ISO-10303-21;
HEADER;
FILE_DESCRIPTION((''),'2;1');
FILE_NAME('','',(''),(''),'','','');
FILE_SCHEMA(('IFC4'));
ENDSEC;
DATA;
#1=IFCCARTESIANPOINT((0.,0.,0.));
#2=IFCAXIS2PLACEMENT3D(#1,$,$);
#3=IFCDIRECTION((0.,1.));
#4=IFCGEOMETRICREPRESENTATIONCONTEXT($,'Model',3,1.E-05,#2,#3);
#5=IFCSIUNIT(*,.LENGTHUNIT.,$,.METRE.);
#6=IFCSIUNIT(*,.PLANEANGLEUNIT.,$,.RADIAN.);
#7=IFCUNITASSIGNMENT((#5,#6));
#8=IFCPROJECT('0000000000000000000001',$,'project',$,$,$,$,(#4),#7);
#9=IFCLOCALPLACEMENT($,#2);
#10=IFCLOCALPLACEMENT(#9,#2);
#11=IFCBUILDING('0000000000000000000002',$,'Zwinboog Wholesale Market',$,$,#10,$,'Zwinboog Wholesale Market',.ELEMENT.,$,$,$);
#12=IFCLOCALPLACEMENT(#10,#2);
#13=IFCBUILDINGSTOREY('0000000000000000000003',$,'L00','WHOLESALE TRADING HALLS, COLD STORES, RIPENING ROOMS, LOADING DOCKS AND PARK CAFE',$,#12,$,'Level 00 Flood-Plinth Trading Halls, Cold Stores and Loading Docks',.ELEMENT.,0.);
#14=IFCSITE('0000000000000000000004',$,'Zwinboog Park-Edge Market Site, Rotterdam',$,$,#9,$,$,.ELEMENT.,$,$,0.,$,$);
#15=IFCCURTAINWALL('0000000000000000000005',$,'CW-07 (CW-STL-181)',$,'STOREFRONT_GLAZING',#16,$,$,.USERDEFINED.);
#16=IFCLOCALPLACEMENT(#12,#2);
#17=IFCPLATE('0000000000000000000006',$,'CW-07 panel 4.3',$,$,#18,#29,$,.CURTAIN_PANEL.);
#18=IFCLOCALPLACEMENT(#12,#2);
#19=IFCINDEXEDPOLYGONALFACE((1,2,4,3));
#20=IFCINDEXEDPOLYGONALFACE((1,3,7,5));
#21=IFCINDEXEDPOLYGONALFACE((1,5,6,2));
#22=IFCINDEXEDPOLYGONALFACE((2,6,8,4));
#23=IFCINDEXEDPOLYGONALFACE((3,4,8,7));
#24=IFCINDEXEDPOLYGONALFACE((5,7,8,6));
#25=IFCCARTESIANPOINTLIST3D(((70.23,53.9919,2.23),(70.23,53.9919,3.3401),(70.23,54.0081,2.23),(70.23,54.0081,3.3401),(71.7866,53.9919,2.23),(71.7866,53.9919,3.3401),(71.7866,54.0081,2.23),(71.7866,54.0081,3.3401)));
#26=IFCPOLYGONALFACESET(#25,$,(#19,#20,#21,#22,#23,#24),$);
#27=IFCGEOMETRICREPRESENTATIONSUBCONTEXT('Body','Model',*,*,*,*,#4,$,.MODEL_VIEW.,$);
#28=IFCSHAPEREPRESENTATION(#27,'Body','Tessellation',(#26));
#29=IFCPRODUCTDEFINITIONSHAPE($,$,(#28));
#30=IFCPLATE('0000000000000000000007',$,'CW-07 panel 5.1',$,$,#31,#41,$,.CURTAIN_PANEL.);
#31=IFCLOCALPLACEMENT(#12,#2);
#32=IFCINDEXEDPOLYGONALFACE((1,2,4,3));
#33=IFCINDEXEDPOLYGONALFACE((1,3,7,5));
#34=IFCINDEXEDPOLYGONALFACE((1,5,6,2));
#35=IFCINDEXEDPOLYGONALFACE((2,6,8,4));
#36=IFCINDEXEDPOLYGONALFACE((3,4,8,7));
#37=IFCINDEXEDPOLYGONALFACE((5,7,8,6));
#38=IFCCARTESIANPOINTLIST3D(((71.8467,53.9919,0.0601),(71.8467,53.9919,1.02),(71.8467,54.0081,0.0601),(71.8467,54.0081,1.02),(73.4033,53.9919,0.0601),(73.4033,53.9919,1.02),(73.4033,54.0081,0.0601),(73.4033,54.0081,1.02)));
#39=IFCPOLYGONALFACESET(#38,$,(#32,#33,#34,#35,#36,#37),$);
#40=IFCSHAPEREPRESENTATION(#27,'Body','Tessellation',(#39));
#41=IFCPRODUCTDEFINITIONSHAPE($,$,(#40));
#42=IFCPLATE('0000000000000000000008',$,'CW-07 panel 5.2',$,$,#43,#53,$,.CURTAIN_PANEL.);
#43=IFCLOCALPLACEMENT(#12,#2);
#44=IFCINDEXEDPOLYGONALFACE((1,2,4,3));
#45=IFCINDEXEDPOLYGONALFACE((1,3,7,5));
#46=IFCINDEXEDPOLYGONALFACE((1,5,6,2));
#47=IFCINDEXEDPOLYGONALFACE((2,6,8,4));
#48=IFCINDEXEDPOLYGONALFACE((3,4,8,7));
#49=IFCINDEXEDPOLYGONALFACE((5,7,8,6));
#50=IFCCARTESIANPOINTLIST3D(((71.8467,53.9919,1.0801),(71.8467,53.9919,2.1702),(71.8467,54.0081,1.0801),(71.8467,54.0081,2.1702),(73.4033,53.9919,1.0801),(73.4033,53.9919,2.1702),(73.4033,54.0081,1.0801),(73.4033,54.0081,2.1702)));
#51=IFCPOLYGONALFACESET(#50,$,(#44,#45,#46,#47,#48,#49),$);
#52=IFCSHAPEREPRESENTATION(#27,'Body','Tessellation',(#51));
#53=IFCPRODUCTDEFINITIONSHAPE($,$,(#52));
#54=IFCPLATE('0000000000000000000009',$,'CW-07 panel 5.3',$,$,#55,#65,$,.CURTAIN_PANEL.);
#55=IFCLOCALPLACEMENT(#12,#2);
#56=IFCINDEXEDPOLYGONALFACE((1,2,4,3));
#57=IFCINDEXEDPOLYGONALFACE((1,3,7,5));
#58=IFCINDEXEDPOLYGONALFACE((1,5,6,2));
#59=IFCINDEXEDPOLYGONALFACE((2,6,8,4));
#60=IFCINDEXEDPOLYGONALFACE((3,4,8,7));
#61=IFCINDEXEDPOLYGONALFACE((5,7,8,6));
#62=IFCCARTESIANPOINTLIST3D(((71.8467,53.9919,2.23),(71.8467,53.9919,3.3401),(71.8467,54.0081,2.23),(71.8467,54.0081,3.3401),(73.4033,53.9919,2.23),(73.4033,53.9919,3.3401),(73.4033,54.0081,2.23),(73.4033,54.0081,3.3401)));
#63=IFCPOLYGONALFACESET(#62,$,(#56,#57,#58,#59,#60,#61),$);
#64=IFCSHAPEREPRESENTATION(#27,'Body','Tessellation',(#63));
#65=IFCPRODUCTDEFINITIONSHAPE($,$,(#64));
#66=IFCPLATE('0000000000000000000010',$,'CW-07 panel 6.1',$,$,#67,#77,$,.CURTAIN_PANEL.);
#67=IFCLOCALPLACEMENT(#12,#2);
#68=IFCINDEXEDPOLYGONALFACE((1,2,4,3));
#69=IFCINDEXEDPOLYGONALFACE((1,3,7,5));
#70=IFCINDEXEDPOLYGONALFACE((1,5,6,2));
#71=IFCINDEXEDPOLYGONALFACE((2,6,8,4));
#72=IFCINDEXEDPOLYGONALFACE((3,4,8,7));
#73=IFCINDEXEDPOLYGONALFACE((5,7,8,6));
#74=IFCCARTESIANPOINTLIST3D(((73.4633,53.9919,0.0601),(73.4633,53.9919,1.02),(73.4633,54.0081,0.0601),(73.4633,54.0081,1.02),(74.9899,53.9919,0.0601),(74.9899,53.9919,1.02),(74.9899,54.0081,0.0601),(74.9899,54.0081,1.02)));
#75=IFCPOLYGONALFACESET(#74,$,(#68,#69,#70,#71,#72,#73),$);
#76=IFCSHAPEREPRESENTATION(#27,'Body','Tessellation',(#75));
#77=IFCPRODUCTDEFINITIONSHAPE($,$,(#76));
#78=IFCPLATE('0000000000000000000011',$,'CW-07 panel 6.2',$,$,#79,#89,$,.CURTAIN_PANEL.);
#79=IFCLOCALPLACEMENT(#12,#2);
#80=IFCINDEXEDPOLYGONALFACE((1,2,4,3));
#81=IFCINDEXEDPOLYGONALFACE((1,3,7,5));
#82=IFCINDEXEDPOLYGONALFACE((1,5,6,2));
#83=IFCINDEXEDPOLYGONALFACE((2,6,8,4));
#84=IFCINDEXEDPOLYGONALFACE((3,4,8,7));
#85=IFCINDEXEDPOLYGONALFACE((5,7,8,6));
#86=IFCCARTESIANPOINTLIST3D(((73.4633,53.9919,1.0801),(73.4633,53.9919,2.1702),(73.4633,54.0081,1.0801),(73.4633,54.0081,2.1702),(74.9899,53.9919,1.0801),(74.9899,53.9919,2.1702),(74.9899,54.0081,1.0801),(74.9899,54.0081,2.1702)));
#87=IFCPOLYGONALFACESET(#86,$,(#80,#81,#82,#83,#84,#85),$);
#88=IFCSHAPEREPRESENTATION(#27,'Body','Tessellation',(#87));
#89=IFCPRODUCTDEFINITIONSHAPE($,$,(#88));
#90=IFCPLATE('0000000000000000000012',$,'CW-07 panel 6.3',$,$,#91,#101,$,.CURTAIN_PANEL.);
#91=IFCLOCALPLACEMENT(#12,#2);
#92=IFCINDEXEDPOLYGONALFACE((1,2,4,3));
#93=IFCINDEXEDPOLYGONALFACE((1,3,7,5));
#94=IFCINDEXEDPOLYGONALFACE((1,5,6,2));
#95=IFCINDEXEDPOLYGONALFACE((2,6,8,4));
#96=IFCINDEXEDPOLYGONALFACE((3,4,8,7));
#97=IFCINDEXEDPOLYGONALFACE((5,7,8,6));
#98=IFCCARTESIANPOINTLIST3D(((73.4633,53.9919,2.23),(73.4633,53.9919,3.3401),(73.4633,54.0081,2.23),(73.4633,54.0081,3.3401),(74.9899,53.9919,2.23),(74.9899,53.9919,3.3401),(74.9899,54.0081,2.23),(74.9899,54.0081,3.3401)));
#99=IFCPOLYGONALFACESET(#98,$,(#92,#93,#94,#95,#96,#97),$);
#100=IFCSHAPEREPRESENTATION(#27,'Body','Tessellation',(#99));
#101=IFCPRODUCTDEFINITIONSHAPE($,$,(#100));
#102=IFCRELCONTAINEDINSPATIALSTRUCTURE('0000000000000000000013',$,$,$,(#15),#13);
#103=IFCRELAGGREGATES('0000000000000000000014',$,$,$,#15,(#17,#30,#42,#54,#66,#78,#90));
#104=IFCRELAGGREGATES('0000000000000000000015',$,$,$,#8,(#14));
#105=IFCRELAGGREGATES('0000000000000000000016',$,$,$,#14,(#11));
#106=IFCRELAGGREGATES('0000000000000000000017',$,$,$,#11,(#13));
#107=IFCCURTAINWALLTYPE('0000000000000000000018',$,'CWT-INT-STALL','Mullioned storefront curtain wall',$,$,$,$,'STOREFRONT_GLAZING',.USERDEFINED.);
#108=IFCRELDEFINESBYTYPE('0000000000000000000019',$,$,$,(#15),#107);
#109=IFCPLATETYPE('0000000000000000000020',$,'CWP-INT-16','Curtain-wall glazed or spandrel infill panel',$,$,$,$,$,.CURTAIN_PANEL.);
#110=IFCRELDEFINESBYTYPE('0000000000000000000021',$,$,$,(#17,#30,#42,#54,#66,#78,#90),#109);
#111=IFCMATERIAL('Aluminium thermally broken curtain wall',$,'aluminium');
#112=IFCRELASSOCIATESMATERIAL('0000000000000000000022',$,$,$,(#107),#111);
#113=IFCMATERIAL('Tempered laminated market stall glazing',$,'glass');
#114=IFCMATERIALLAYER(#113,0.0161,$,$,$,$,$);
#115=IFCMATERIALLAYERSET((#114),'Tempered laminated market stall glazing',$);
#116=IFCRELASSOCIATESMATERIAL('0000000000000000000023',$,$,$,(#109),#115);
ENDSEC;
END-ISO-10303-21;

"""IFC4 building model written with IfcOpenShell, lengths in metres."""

from ifc_helpers import new_model, si_unit, direction, frame, origin, origin_2d, place, context, subcontext, project, spatial, rectangle, extrude, material, layer, layer_set, type_object, element, aggregate, save


model = new_model("IFC4")

# Units and contexts
model_context = context("Model", 3, precision=1e-05, world=origin(), true_north=direction((0.0, 1.0)))
body_context = subcontext(model_context, "Body", "Model", "MODEL_VIEW")
ifc_project = project(units=[si_unit("LENGTHUNIT", "METRE"), si_unit("PLANEANGLEUNIT", "RADIAN")], contexts=[model_context])

# Site, building, storey
site_placement = place(None, origin())
site = spatial("IfcSite", under=ifc_project, at=site_placement, Name="Zwinboog Park-Edge Market Site, Rotterdam", CompositionType="ELEMENT", RefElevation=0.0)
building_placement = place(site_placement, origin())
building = spatial("IfcBuilding", under=site, at=building_placement, Name="Zwinboog Wholesale Market", LongName="Zwinboog Wholesale Market", CompositionType="ELEMENT")
storey_placement = place(building_placement, origin())
storey = spatial("IfcBuildingStorey", under=building, at=storey_placement, Name="L00", Description="WHOLESALE TRADING HALLS, COLD STORES, RIPENING ROOMS, LOADING DOCKS AND PARK CAFE", LongName="Level 00 Flood-Plinth Trading Halls, Cold Stores and Loading Docks", CompositionType="ELEMENT", Elevation=0.0)

# Curtain wall, plates
ifc_material_1 = material(Name="Aluminium thermally broken curtain wall", Category="aluminium")
curtain_wall_type = type_object("IfcCurtainWallType", Name="CWT-INT-STALL", Description="Mullioned storefront curtain wall", ElementType="STOREFRONT_GLAZING", PredefinedType="USERDEFINED", material=ifc_material_1)
curtain_wall_placement = place(storey_placement, origin())
curtain_wall = element("IfcCurtainWall", 1, at=curtain_wall_placement, inside=storey, type_object=curtain_wall_type, Name="CW-07 (CW-STL-181)", ObjectType="STOREFRONT_GLAZING", PredefinedType="USERDEFINED")
ifc_material_2 = material(Name="Tempered laminated market stall glazing", Category="glass")
ifc_layer = layer(ifc_material_2, 0.0161)
ifc_layer_set = layer_set([ifc_layer], Name="Tempered laminated market stall glazing")
plate_type = type_object("IfcPlateType", Name="CWP-INT-16", Description="Curtain-wall glazed or spandrel infill panel", PredefinedType="CURTAIN_PANEL", material=ifc_layer_set)
plate_1_placement = place(storey_placement, frame((71.0083, 54.0, 2.23), z_axis=(0.0, 0.0, 1.0), x_axis=(1.0, 0.0, 0.0)))
plate_1 = element("IfcPlate", 2, at=plate_1_placement, type_object=plate_type, Name="CW-07 panel 4.3", PredefinedType="CURTAIN_PANEL", context=body_context, shape_type="SweptSolid", body=[
    extrude(rectangle(XDim=1.5566, YDim=0.0161, at=origin_2d()), origin(), (0.0, 0.0, 1.0), 1.1101),
])
plate_2_placement = place(storey_placement, frame((72.625, 54.0, 0.0601), z_axis=(0.0, 0.0, 1.0), x_axis=(1.0, 0.0, 0.0)))
plate_2 = element("IfcPlate", 3, at=plate_2_placement, type_object=plate_type, Name="CW-07 panel 5.1", PredefinedType="CURTAIN_PANEL", context=body_context, shape_type="SweptSolid", body=[
    extrude(rectangle(XDim=1.5566, YDim=0.0161, at=origin_2d()), origin(), (0.0, 0.0, 1.0), 0.96),
])
plate_3_placement = place(storey_placement, frame((72.625, 54.0, 1.0801), z_axis=(0.0, 0.0, 1.0), x_axis=(1.0, 0.0, 0.0)))
plate_3 = element("IfcPlate", 4, at=plate_3_placement, type_object=plate_type, Name="CW-07 panel 5.2", PredefinedType="CURTAIN_PANEL", context=body_context, shape_type="SweptSolid", body=[
    extrude(rectangle(XDim=1.5566, YDim=0.0161, at=origin_2d()), origin(), (0.0, 0.0, 1.0), 1.0901),
])
plate_4_placement = place(storey_placement, frame((72.625, 54.0, 2.23), z_axis=(0.0, 0.0, 1.0), x_axis=(1.0, 0.0, 0.0)))
plate_4 = element("IfcPlate", 5, at=plate_4_placement, type_object=plate_type, Name="CW-07 panel 5.3", PredefinedType="CURTAIN_PANEL", context=body_context, shape_type="SweptSolid", body=[
    extrude(rectangle(XDim=1.5566, YDim=0.0161, at=origin_2d()), origin(), (0.0, 0.0, 1.0), 1.1101),
])
plate_5_placement = place(storey_placement, frame((74.2266, 54.0, 0.0601), z_axis=(0.0, 0.0, 1.0), x_axis=(1.0, 0.0, 0.0)))
plate_5 = element("IfcPlate", 6, at=plate_5_placement, type_object=plate_type, Name="CW-07 panel 6.1", PredefinedType="CURTAIN_PANEL", context=body_context, shape_type="SweptSolid", body=[
    extrude(rectangle(XDim=1.5266, YDim=0.0161, at=origin_2d()), origin(), (0.0, 0.0, 1.0), 0.96),
])
plate_6_placement = place(storey_placement, frame((74.2266, 54.0, 1.0801), z_axis=(0.0, 0.0, 1.0), x_axis=(1.0, 0.0, 0.0)))
plate_6 = element("IfcPlate", 7, at=plate_6_placement, type_object=plate_type, Name="CW-07 panel 6.2", PredefinedType="CURTAIN_PANEL", context=body_context, shape_type="SweptSolid", body=[
    extrude(rectangle(XDim=1.5266, YDim=0.0161, at=origin_2d()), origin(), (0.0, 0.0, 1.0), 1.0901),
])
plate_7_placement = place(storey_placement, frame((74.2266, 54.0, 2.23), z_axis=(0.0, 0.0, 1.0), x_axis=(1.0, 0.0, 0.0)))
plate_7 = element("IfcPlate", 8, at=plate_7_placement, type_object=plate_type, Name="CW-07 panel 6.3", PredefinedType="CURTAIN_PANEL", context=body_context, shape_type="SweptSolid", body=[
    extrude(rectangle(XDim=1.5266, YDim=0.0161, at=origin_2d()), origin(), (0.0, 0.0, 1.0), 1.1101),
])
aggregate(curtain_wall, [plate_1, plate_2, plate_3, plate_4, plate_5, plate_6, plate_7])

save(model, "model.ifc")
